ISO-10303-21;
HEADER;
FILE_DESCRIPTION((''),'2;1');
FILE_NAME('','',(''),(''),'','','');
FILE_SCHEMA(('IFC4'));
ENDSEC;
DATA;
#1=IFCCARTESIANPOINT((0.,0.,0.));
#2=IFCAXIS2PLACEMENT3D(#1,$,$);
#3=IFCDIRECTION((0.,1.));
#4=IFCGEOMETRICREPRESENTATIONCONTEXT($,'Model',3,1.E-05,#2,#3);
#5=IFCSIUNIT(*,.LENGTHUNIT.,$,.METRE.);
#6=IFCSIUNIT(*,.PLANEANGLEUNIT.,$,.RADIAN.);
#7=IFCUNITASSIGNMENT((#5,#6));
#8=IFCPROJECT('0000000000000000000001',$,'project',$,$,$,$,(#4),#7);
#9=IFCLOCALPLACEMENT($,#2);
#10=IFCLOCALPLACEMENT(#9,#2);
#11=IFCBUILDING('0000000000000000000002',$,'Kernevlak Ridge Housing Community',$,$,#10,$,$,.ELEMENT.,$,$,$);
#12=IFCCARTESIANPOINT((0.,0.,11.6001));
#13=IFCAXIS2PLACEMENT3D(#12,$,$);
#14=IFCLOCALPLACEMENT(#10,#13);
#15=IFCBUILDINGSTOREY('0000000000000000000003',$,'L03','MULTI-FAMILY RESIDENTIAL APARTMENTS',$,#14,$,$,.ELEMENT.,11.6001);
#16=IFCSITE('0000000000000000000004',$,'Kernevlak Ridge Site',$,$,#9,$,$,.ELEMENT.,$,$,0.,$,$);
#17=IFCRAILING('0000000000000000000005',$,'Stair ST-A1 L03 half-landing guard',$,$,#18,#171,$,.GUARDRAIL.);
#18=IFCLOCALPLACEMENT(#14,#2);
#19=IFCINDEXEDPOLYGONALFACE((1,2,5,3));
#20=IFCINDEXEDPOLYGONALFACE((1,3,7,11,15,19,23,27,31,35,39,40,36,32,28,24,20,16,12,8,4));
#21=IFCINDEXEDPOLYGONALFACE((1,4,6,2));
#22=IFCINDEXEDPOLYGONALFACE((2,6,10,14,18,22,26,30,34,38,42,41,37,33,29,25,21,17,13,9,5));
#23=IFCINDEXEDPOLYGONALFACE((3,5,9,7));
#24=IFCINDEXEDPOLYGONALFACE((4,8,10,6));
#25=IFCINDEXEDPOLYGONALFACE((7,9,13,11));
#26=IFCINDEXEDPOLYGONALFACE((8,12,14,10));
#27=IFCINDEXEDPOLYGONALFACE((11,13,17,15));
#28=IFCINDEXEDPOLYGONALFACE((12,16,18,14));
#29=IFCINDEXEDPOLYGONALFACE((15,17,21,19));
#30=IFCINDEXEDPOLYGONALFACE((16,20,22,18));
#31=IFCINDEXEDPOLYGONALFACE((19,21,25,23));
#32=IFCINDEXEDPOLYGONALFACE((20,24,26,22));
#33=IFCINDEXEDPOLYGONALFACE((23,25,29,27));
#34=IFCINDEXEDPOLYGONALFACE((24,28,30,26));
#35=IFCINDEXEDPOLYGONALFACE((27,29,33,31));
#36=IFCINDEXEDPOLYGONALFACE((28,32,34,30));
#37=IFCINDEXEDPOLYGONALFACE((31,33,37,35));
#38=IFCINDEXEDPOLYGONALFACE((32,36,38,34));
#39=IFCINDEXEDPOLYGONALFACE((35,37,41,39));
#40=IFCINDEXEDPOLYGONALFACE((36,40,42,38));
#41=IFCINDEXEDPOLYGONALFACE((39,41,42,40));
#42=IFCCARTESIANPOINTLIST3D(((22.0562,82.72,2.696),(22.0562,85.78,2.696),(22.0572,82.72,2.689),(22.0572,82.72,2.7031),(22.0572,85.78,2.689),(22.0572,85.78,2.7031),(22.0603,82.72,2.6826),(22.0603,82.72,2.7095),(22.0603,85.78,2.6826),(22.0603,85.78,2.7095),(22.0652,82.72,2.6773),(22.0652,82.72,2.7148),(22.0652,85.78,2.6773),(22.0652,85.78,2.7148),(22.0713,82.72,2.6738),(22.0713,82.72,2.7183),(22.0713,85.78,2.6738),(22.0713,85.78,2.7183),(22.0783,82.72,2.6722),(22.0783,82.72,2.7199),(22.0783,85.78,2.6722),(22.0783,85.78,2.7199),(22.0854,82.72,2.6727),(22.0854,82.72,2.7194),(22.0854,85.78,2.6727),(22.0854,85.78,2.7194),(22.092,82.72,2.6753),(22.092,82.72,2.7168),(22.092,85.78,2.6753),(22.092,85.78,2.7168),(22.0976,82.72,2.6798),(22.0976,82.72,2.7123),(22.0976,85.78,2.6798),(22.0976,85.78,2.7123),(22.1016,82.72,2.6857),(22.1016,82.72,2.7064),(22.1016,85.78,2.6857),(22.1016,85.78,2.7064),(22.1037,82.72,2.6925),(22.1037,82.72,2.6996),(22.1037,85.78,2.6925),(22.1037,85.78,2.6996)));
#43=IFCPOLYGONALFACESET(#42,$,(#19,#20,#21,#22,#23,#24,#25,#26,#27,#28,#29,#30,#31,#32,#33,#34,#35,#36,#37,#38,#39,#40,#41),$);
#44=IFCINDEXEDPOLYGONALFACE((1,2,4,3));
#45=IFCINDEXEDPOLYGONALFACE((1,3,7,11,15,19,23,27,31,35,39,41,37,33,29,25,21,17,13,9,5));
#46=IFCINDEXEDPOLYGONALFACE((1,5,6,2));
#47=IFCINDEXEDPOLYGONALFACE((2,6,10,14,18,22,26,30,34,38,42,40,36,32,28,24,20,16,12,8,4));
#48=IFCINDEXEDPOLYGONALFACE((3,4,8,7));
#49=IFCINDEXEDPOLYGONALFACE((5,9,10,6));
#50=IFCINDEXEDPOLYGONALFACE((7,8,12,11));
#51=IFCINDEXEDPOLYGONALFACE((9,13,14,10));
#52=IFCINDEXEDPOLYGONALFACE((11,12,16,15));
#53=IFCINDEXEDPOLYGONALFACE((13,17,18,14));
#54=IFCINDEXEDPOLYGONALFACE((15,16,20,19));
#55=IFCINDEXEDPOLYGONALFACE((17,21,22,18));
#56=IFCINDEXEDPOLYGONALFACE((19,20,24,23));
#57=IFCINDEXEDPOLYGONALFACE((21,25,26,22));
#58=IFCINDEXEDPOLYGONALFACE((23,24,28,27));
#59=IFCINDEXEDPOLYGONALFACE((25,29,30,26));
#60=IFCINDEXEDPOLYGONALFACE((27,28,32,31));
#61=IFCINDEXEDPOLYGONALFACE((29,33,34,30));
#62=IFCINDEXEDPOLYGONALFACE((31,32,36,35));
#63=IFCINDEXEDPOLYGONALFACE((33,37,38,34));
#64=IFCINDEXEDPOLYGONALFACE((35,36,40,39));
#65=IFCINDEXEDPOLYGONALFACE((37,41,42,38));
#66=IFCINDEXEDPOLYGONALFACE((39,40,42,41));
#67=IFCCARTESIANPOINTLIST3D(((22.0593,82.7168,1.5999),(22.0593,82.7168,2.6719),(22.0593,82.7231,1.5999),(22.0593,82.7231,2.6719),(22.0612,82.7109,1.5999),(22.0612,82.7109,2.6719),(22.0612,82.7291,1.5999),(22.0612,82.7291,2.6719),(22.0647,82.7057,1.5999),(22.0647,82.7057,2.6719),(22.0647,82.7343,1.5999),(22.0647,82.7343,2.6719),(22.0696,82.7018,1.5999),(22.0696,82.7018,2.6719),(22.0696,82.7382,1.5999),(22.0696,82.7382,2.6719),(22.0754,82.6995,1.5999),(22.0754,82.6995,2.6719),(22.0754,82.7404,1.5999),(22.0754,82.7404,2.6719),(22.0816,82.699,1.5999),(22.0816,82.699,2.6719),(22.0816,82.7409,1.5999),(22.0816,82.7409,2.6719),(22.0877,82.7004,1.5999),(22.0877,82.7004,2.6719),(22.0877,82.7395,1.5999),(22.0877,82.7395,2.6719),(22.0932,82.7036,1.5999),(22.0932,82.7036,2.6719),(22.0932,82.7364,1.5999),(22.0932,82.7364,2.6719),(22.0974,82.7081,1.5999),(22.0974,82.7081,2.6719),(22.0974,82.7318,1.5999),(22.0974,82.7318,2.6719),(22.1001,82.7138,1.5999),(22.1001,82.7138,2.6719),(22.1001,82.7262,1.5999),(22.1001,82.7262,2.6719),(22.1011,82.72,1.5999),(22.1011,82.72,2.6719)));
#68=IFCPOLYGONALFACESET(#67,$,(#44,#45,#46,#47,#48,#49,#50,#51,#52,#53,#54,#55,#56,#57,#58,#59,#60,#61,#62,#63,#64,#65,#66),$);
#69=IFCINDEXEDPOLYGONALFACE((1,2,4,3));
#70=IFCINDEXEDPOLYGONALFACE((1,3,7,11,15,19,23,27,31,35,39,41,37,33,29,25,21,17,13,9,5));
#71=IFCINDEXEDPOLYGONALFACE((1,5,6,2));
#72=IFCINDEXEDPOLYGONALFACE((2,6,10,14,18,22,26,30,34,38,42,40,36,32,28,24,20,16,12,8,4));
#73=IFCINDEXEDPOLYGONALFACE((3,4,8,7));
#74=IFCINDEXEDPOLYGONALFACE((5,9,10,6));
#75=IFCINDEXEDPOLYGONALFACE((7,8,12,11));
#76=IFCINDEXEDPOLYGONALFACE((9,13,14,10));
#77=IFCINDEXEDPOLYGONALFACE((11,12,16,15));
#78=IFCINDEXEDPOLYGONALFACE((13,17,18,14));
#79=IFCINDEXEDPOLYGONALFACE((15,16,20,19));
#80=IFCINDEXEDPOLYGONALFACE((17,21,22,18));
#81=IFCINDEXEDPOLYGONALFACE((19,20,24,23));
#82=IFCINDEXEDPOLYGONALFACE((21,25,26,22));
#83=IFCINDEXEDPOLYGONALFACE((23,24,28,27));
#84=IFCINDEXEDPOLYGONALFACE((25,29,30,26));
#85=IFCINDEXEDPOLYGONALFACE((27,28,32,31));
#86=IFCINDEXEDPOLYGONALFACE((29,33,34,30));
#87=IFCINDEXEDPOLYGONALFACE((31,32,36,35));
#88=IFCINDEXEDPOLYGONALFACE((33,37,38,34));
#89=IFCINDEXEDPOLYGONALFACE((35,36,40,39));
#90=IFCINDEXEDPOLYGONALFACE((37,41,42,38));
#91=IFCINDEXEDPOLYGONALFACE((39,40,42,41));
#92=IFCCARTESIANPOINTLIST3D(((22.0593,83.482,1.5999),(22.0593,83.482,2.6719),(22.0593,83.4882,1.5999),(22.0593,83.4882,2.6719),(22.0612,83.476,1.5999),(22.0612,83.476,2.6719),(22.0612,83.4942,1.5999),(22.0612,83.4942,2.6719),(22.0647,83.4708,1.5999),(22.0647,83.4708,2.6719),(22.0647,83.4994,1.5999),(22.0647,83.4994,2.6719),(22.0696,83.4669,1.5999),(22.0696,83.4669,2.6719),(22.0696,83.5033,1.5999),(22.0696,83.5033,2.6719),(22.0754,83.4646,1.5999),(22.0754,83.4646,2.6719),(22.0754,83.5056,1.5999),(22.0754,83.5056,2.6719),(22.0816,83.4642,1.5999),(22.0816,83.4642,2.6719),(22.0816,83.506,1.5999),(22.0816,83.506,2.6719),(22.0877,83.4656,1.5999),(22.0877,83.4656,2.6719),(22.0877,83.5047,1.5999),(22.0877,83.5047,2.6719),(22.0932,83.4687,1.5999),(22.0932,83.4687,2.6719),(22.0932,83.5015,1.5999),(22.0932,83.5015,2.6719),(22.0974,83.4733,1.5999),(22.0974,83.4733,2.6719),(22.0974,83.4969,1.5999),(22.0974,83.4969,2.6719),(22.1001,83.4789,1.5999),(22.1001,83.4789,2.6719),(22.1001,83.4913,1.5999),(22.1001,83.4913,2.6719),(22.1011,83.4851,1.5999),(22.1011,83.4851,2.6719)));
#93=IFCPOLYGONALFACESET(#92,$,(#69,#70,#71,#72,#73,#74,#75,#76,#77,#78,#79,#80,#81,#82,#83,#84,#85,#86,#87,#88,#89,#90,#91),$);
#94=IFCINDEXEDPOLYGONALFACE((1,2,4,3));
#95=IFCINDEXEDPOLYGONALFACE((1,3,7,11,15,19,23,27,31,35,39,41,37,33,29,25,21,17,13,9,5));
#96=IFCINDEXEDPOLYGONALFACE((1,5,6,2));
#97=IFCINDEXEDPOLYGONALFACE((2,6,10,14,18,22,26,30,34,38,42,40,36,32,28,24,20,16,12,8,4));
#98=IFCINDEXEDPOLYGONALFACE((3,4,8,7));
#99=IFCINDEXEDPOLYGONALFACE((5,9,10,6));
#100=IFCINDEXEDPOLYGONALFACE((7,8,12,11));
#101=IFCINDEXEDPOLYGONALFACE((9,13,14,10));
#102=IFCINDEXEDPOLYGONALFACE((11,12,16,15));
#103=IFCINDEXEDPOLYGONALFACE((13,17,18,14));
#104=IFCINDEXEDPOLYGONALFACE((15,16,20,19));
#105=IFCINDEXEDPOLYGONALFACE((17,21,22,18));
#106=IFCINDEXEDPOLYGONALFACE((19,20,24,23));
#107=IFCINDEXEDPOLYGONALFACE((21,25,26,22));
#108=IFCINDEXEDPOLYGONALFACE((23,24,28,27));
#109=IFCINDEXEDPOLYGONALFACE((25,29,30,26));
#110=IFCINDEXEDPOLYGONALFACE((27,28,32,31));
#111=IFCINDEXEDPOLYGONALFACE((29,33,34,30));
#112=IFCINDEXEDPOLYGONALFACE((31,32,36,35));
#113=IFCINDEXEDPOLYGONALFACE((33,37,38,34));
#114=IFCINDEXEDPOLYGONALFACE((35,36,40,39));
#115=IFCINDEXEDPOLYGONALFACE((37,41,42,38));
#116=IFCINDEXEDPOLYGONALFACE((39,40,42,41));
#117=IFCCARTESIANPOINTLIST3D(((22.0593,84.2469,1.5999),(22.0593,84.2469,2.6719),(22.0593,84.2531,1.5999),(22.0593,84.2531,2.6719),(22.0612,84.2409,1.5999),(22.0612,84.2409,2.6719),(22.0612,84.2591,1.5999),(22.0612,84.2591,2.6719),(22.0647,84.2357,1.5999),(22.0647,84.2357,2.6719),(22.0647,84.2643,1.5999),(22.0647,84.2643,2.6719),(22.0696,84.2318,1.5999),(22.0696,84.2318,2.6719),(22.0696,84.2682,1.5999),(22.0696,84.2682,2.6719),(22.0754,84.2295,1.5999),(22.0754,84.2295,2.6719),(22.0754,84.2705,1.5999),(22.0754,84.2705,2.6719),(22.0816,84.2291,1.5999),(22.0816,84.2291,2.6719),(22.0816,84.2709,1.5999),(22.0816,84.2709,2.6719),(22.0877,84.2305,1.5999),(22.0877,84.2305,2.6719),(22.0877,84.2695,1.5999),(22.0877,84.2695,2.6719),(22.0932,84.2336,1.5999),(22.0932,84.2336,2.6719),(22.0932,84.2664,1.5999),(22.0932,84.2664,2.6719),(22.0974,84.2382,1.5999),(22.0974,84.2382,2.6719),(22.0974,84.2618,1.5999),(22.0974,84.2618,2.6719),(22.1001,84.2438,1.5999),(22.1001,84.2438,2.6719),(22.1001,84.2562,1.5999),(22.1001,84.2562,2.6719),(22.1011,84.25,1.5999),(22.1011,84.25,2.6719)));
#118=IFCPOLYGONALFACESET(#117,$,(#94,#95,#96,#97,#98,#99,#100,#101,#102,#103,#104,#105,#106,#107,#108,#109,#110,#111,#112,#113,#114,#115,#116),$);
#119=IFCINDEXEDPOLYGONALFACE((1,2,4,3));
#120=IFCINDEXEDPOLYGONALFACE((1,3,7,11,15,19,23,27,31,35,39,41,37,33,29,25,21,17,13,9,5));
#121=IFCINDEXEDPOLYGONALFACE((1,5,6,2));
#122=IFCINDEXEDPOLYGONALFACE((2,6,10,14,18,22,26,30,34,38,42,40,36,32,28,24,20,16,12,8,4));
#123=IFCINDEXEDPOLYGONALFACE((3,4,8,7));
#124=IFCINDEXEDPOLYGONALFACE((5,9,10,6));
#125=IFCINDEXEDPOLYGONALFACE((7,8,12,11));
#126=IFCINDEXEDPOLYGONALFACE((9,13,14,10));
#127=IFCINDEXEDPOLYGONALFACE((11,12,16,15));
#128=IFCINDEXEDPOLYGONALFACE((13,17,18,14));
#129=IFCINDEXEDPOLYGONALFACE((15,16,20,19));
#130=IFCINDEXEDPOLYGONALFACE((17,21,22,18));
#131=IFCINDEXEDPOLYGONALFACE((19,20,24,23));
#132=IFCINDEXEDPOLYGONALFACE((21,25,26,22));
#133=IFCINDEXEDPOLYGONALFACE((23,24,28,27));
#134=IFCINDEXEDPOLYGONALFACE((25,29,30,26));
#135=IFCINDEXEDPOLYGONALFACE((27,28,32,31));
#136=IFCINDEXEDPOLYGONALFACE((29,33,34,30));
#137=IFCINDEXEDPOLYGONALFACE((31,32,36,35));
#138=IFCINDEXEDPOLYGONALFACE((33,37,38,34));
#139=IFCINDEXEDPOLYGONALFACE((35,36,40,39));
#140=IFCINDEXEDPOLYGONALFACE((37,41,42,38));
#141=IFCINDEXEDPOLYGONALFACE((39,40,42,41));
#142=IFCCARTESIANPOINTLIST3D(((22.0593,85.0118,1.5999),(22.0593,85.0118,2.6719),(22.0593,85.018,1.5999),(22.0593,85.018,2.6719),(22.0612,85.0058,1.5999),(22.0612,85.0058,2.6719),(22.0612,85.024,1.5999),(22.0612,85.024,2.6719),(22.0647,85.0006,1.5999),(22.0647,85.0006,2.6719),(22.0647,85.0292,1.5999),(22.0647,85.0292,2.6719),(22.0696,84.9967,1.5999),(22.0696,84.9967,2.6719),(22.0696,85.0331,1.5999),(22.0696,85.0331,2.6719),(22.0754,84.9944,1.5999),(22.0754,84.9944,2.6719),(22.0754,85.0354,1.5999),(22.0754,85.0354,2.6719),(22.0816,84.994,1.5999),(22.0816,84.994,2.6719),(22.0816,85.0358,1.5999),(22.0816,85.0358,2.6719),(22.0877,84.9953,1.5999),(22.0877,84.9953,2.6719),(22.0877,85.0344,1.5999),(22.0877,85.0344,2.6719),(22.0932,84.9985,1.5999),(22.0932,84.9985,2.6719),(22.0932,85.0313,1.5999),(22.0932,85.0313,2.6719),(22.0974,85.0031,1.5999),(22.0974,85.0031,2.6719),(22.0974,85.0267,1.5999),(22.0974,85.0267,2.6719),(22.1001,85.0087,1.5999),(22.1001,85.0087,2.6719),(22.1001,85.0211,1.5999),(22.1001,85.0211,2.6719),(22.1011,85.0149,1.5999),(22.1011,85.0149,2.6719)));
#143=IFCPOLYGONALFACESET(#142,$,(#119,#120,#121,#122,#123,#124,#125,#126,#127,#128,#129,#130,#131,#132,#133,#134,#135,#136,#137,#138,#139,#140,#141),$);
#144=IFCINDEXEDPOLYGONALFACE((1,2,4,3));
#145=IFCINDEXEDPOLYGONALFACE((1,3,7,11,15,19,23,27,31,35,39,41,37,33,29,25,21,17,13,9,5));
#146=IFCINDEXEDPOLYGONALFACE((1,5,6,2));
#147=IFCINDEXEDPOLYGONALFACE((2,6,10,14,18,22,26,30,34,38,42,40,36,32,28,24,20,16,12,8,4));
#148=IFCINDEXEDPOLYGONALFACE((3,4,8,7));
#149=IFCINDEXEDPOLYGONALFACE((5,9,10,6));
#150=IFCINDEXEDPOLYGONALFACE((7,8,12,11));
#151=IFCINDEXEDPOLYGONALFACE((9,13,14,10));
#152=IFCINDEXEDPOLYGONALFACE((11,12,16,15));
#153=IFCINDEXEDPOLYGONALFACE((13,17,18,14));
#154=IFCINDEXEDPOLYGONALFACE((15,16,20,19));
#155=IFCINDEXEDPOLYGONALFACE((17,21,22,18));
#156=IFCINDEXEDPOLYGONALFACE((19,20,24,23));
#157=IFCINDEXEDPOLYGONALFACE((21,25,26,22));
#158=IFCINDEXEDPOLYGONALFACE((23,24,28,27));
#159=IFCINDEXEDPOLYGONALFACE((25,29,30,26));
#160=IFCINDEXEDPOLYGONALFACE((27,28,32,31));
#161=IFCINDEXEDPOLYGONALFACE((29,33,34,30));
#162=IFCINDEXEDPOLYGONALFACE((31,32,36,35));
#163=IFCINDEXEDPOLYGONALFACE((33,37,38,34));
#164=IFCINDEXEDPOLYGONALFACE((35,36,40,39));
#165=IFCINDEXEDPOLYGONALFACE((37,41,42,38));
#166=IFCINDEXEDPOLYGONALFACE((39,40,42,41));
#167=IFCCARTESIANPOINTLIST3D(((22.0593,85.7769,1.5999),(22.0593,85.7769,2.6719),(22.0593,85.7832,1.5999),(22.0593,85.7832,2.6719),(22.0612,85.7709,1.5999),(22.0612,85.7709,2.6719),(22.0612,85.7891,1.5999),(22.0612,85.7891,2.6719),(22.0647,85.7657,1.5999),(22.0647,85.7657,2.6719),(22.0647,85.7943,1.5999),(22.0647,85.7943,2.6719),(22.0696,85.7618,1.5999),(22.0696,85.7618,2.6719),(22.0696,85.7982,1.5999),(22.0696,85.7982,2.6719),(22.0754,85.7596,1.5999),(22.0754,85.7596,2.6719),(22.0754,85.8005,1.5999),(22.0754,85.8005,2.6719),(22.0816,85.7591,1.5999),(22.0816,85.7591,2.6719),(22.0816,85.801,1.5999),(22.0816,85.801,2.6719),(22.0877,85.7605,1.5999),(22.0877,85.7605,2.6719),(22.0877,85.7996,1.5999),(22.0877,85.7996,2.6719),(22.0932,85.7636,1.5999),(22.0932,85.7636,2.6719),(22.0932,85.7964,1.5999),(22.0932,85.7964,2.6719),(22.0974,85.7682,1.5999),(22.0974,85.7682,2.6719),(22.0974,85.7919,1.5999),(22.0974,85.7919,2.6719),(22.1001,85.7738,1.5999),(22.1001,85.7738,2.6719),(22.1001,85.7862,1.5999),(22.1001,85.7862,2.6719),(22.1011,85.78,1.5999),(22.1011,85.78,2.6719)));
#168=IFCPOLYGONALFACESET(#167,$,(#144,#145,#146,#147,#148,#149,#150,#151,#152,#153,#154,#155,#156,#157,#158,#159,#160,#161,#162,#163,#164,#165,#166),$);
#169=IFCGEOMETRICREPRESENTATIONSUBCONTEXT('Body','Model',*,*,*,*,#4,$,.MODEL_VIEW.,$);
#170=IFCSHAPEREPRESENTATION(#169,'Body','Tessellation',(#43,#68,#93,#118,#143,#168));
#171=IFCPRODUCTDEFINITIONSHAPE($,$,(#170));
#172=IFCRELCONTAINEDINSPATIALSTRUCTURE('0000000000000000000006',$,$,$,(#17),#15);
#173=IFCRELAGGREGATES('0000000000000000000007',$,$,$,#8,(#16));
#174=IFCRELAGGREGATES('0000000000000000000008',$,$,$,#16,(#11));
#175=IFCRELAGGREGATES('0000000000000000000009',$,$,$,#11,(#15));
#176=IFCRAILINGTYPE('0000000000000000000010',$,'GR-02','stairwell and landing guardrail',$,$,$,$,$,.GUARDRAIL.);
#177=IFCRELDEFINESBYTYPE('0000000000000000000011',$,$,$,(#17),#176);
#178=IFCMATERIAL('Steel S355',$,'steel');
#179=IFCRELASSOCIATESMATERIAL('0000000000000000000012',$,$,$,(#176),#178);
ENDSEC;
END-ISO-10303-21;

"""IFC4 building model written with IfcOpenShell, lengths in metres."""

from ifc_helpers import new_model, si_unit, direction, frame, origin, origin_2d, place, context, subcontext, project, spatial, circle, extrude, material, type_object, element, save


model = new_model("IFC4")

# Units and contexts
model_context = context("Model", 3, precision=1e-05, world=origin(), true_north=direction((0.0, 1.0)))
body_context = subcontext(model_context, "Body", "Model", "MODEL_VIEW")
ifc_project = project(units=[si_unit("LENGTHUNIT", "METRE"), si_unit("PLANEANGLEUNIT", "RADIAN")], contexts=[model_context])

# Site, building, storey
site_placement = place(None, origin())
site = spatial("IfcSite", under=ifc_project, at=site_placement, Name="Kernevlak Ridge Site", CompositionType="ELEMENT", RefElevation=0.0)
building_placement = place(site_placement, origin())
building = spatial("IfcBuilding", under=site, at=building_placement, Name="Kernevlak Ridge Housing Community", CompositionType="ELEMENT")
storey_placement = place(building_placement, frame((0.0, 0.0, 11.6001)))
storey = spatial("IfcBuildingStorey", under=building, at=storey_placement, Name="L03", Description="MULTI-FAMILY RESIDENTIAL APARTMENTS", CompositionType="ELEMENT", Elevation=11.6001)

# Railing
ifc_material_1 = material(Name="Steel S355", Category="steel")
railing_type_1 = type_object("IfcRailingType", Name="GR-02", Description="stairwell and landing guardrail", PredefinedType="GUARDRAIL", material=ifc_material_1)
railing_1_placement = place(storey_placement, frame((22.0801, 82.72, 1.5999)))
element("IfcRailing", 1, at=railing_1_placement, inside=storey, type_object=railing_type_1, Name="Stair ST-A1 L03 half-landing guard", PredefinedType="GUARDRAIL", context=body_context, shape_type="SweptSolid", body=[
    extrude(circle(Radius=0.0239, at=origin_2d()), frame((0.0, 0.0, 1.0962), z_axis=(0.0, 1.0, 0.0), x_axis=(-1.0, 0.0, 0.0)), (0.0, 0.0, 1.0), 3.0601),
    extrude(circle(Radius=0.021, at=origin_2d()), origin(), (0.0, 0.0, 1.0), 1.072),
    extrude(circle(Radius=0.021, at=origin_2d()), frame((0.0, 0.7651, 0.0)), (0.0, 0.0, 1.0), 1.072),
    extrude(circle(Radius=0.021, at=origin_2d()), frame((0.0, 1.53, 0.0)), (0.0, 0.0, 1.0), 1.072),
    extrude(circle(Radius=0.021, at=origin_2d()), frame((0.0, 2.2949, 0.0)), (0.0, 0.0, 1.0), 1.072),
    extrude(circle(Radius=0.021, at=origin_2d()), frame((0.0, 3.0601, 0.0)), (0.0, 0.0, 1.0), 1.072),
])

save(model, "model.ifc")
